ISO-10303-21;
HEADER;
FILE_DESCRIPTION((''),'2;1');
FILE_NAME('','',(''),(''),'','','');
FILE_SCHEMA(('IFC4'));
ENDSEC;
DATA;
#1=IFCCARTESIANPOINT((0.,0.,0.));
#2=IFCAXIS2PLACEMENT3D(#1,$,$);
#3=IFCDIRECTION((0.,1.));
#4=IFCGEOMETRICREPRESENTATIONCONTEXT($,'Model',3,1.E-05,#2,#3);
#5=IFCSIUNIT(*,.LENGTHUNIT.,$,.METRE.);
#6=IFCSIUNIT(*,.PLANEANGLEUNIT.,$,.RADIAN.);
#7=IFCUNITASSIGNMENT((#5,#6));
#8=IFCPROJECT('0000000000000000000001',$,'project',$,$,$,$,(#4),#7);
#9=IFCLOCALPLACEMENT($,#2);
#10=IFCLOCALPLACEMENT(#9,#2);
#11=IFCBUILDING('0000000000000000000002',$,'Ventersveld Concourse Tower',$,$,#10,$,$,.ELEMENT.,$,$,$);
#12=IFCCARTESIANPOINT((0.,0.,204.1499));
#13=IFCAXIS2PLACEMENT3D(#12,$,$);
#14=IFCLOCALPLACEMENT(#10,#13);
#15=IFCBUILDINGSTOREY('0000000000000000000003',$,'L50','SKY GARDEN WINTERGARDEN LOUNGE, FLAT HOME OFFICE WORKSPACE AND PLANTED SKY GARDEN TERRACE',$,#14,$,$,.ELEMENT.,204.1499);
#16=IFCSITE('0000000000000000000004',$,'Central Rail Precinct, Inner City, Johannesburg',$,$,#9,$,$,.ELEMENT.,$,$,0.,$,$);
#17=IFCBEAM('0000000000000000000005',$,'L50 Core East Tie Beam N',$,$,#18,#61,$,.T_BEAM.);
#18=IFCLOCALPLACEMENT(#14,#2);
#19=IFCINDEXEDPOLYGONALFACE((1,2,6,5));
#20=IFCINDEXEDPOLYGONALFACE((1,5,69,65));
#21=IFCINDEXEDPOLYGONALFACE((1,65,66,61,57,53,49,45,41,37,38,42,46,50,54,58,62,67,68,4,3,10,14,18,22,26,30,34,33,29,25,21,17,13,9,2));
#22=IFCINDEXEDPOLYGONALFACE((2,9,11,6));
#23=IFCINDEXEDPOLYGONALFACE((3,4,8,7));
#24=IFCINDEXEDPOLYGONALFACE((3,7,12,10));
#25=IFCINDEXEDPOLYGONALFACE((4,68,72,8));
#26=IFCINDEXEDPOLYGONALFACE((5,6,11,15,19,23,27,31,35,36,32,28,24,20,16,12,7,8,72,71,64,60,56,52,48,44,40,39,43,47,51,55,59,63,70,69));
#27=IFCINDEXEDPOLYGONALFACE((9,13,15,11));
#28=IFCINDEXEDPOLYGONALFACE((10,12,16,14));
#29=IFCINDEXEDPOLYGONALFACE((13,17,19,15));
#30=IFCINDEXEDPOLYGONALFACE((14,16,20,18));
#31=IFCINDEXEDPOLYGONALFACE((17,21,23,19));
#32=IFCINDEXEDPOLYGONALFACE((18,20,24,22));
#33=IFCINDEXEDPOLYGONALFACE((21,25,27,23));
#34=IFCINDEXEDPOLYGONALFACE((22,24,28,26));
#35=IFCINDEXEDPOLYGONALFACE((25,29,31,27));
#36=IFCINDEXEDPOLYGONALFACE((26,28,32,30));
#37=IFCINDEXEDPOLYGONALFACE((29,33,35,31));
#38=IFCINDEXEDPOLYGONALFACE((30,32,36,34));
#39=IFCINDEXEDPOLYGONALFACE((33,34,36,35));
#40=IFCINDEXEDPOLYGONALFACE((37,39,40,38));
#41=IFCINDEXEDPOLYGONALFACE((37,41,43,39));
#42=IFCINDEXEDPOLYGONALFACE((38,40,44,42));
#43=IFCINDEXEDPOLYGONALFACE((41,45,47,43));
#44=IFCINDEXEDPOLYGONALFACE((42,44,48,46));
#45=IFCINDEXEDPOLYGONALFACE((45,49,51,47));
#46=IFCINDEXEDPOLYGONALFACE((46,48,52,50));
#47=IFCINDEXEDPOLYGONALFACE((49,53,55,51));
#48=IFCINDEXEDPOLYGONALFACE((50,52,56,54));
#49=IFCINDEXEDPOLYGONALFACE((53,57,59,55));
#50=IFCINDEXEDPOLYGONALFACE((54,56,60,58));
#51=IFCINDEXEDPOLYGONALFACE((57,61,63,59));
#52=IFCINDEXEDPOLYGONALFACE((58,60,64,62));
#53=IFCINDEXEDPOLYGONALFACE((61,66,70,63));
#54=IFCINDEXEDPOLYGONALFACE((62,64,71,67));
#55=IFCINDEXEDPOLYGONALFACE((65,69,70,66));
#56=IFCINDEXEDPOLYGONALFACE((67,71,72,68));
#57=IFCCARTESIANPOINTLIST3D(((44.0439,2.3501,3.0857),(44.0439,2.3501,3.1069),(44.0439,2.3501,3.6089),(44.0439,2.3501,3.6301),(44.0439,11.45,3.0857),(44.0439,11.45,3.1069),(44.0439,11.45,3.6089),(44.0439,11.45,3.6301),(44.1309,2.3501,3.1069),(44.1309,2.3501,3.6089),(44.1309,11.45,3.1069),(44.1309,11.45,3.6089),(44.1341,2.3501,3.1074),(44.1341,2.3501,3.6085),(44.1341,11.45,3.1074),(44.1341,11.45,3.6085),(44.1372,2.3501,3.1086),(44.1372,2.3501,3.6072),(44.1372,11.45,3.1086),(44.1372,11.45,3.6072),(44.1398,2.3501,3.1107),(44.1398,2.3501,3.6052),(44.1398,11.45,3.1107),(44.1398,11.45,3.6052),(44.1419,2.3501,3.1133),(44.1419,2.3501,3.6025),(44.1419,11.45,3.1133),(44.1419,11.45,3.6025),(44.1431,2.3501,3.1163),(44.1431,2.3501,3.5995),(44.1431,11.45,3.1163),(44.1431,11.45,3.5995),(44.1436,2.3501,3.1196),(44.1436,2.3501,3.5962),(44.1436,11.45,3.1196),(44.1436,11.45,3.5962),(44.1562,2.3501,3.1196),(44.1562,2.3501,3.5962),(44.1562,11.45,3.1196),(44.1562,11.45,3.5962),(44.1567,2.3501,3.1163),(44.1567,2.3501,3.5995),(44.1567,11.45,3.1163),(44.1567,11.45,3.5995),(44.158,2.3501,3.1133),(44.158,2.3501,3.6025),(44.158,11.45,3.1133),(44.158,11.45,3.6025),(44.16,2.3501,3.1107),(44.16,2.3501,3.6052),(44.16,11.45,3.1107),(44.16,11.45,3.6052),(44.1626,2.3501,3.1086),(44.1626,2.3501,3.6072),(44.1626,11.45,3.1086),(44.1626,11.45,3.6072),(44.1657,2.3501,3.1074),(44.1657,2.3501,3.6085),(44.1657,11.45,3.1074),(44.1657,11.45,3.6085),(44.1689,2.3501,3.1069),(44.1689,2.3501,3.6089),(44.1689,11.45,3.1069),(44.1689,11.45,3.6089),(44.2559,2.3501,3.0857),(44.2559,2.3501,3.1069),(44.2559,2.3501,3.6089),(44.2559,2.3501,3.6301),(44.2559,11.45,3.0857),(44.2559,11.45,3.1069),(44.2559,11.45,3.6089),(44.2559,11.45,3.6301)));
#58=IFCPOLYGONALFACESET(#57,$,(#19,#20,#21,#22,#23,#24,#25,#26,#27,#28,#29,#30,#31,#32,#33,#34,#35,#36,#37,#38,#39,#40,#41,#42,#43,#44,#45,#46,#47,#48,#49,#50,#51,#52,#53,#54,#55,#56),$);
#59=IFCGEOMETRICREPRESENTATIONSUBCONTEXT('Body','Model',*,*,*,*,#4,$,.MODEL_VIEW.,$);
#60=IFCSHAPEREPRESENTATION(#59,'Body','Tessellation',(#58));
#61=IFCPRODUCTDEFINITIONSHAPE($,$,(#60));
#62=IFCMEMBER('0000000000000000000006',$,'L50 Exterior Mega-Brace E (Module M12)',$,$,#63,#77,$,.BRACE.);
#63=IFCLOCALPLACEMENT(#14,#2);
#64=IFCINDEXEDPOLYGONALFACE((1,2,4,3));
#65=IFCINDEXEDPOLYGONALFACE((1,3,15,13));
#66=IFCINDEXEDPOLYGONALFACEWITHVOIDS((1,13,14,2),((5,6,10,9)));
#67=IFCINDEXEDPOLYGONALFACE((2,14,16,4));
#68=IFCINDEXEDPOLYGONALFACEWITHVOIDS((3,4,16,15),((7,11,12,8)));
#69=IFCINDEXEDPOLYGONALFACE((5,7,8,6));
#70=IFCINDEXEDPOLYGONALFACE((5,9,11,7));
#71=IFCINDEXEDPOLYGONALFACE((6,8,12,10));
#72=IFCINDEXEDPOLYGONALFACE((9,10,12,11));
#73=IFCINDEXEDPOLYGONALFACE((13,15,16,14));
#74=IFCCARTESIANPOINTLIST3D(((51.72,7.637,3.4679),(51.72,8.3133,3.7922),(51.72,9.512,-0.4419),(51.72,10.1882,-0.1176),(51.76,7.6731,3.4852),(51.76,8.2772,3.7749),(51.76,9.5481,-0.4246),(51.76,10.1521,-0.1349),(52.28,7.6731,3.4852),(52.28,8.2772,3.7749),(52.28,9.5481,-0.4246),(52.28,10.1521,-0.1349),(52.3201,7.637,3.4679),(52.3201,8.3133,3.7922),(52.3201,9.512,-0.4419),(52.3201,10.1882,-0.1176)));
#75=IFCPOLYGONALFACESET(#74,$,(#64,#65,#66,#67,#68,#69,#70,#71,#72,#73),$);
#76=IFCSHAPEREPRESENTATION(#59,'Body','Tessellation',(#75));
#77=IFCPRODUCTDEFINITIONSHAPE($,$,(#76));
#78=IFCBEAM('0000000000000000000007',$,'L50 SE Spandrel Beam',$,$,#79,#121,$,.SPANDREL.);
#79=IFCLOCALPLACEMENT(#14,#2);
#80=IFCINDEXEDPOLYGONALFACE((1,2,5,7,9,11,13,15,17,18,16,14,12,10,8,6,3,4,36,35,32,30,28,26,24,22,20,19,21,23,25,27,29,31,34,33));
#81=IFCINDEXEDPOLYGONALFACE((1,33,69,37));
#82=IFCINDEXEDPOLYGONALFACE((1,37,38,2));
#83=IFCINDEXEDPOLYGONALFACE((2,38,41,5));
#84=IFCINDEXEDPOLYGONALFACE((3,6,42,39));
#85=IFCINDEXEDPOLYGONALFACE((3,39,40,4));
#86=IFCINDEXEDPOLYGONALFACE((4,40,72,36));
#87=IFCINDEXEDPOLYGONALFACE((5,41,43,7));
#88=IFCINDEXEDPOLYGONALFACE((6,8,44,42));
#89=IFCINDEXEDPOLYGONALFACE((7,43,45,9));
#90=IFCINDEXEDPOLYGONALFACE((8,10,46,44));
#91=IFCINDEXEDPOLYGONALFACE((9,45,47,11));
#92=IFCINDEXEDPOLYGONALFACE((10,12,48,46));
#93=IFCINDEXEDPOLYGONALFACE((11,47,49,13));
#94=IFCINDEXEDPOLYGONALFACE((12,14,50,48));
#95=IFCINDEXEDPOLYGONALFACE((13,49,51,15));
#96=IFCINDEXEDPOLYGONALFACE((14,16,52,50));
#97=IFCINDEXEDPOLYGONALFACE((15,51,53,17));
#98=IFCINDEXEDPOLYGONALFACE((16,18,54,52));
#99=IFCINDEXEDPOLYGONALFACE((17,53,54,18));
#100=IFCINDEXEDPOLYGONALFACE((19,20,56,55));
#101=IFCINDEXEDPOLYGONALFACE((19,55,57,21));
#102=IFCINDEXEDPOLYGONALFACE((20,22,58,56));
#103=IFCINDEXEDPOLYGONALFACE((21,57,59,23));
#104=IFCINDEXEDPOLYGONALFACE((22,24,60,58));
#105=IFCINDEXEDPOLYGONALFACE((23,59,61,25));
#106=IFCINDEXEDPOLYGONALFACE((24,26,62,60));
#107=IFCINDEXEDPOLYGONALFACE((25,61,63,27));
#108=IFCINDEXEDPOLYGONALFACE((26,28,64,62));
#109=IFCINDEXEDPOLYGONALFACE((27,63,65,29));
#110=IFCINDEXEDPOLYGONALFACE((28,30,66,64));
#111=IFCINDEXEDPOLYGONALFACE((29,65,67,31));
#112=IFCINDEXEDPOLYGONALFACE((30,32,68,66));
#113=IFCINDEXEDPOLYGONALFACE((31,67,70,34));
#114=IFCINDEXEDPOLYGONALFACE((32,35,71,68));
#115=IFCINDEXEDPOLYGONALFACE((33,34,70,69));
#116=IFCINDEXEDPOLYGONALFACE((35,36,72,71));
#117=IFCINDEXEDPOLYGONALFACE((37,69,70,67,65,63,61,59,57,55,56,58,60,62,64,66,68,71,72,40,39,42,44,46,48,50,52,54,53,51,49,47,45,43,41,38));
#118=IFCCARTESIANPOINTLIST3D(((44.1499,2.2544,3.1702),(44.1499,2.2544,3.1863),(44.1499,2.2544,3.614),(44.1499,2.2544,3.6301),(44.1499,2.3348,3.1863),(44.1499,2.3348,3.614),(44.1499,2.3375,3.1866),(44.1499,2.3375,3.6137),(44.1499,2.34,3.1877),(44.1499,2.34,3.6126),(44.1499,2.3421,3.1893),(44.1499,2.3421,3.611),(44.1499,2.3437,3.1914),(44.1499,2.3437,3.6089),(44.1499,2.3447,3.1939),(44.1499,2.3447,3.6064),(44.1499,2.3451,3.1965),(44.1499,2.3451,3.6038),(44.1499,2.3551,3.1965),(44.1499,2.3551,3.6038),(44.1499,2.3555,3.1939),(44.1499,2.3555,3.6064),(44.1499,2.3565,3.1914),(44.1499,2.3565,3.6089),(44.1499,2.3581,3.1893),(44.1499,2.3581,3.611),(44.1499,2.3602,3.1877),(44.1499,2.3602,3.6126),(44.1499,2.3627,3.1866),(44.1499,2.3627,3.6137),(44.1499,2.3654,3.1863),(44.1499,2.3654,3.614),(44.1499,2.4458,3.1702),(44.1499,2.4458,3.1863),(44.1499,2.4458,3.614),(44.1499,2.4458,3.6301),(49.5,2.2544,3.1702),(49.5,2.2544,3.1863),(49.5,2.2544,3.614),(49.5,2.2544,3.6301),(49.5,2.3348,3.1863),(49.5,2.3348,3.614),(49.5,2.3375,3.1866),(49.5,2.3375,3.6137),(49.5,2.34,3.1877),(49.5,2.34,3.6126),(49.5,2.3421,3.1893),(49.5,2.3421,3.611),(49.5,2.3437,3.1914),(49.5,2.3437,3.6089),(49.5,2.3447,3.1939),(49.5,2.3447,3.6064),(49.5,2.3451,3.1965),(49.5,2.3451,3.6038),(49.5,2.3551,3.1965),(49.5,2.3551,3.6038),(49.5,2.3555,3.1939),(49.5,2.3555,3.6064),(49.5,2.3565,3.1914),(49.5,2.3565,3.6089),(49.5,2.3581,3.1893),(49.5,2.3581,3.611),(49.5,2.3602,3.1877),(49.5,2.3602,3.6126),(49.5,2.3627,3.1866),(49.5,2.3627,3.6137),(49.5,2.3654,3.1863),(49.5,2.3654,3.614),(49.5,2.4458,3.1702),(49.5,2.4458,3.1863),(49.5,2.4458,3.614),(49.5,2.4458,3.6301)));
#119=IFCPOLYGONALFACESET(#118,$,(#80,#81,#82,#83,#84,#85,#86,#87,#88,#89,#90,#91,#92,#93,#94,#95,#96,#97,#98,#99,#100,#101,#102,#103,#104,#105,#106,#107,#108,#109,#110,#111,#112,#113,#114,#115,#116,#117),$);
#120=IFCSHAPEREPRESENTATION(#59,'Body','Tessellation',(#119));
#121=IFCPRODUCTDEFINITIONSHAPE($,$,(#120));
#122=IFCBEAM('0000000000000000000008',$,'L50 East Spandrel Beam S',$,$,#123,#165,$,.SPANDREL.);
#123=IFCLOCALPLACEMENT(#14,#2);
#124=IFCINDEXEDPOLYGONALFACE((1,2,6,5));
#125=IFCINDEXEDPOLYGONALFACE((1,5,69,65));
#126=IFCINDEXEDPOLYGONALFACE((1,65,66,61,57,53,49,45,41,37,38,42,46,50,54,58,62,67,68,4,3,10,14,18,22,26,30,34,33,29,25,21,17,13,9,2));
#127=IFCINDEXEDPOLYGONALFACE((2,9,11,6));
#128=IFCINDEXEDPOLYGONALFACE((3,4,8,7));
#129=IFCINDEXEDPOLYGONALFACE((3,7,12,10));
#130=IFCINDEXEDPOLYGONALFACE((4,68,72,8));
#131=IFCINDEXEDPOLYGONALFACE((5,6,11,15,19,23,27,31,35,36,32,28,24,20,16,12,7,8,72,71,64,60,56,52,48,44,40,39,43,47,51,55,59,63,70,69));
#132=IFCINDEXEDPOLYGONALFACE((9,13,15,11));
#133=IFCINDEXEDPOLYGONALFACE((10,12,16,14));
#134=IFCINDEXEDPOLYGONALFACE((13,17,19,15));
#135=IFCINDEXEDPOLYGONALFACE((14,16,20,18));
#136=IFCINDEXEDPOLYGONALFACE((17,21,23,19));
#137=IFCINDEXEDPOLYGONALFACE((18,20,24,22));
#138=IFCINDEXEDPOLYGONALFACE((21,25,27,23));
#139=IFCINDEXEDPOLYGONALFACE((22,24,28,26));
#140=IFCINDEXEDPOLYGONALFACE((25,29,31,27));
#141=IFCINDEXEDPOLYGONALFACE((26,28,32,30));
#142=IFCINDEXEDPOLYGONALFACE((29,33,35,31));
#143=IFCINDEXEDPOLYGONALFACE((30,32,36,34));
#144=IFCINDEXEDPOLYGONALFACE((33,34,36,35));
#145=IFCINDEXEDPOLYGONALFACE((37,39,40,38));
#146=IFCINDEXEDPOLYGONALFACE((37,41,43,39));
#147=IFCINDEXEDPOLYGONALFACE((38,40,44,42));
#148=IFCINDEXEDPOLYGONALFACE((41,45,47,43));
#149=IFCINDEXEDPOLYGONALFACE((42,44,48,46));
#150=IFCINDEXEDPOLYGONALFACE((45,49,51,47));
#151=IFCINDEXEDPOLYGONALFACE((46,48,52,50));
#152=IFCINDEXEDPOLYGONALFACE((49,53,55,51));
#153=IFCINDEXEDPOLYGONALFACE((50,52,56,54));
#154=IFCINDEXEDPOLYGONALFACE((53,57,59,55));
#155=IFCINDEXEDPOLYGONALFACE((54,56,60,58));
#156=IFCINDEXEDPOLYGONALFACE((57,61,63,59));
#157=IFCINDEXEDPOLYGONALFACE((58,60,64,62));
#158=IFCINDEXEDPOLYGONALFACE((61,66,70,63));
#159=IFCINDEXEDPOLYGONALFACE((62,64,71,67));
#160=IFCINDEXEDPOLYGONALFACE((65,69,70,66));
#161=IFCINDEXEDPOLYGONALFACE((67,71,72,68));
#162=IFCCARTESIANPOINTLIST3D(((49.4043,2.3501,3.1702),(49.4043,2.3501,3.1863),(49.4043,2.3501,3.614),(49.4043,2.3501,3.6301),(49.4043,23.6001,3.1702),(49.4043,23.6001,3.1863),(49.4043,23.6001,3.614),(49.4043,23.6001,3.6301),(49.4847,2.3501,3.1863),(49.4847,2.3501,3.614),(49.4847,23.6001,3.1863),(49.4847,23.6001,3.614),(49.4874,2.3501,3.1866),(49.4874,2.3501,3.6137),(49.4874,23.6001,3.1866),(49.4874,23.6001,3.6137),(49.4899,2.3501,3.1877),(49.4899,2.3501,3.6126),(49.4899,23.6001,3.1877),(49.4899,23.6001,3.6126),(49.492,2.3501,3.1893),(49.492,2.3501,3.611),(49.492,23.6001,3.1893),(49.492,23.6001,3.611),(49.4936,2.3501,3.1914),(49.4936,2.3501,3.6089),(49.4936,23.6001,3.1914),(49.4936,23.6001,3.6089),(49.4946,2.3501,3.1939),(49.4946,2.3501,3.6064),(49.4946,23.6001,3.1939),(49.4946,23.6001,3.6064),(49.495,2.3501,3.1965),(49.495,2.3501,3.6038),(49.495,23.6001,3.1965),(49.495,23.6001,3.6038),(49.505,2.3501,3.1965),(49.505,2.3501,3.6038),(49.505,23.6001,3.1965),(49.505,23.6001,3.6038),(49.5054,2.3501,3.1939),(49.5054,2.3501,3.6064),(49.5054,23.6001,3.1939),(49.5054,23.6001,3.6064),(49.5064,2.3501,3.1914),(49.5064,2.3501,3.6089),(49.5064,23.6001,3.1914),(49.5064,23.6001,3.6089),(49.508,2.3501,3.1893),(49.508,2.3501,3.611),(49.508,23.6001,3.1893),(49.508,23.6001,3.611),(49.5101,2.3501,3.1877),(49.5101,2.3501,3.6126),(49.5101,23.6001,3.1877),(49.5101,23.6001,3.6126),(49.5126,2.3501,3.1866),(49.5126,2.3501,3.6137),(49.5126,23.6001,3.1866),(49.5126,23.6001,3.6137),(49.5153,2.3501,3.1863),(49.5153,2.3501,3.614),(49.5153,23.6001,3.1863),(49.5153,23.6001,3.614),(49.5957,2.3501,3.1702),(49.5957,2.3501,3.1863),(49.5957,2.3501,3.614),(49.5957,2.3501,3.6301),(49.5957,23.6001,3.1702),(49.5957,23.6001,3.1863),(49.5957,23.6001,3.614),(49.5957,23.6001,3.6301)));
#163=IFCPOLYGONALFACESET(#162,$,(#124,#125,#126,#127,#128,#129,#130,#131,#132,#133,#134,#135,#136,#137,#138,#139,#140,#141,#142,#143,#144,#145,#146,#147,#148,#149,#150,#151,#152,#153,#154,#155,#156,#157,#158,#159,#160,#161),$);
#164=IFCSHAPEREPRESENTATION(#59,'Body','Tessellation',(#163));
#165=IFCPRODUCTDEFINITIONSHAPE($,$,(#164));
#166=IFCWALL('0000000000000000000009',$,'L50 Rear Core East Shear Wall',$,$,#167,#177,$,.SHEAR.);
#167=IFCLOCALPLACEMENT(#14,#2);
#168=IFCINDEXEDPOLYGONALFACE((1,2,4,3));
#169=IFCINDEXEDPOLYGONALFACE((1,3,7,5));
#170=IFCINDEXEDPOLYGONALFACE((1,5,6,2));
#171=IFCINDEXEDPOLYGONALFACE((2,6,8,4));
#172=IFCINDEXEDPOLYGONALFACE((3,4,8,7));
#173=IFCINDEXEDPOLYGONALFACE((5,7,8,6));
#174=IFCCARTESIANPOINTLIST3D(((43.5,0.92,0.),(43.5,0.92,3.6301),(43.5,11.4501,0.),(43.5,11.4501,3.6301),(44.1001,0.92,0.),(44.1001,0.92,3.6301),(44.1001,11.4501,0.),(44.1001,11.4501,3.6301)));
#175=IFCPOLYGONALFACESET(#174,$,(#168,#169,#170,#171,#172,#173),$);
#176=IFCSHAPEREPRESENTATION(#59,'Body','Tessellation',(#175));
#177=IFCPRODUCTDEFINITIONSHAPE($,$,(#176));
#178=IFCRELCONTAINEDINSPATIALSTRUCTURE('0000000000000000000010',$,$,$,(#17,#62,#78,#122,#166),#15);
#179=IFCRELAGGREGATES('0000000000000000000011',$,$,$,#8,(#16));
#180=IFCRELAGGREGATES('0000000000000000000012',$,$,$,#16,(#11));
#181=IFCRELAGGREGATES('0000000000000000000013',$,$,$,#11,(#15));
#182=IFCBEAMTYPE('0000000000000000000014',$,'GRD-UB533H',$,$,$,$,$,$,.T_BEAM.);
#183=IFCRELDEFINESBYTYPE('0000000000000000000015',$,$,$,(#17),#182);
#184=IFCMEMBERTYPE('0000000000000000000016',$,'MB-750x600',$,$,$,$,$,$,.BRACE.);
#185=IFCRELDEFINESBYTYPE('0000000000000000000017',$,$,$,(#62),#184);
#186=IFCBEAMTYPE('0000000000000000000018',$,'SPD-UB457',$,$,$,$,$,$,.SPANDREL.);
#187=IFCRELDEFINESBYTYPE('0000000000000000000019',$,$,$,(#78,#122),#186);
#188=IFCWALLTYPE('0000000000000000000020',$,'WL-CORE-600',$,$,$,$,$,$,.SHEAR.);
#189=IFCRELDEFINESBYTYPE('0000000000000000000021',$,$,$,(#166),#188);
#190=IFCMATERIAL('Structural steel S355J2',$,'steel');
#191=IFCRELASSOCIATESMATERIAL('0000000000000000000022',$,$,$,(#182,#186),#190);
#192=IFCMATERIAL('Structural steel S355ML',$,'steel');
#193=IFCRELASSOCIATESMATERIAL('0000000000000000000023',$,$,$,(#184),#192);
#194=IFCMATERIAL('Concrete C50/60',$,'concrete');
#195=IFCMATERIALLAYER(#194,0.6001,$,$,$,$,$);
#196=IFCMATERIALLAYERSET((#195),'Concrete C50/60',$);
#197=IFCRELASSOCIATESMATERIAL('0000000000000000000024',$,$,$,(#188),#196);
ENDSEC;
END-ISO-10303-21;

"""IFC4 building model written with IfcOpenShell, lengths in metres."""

from ifc_helpers import new_model, si_unit, direction, frame, frame_2d, origin, origin_2d, place, context, subcontext, project, spatial, rectangle, hollow_rectangle, i_section, extrude, material, layer, layer_set, material_profile, profile_set, type_object, element, save


model = new_model("IFC4")

# Units and contexts
model_context = context("Model", 3, precision=1e-05, world=origin(), true_north=direction((0.0, 1.0)))
body_context = subcontext(model_context, "Body", "Model", "MODEL_VIEW")
ifc_project = project(units=[si_unit("LENGTHUNIT", "METRE"), si_unit("PLANEANGLEUNIT", "RADIAN")], contexts=[model_context])

# Site, building, storey
site_placement = place(None, origin())
site = spatial("IfcSite", under=ifc_project, at=site_placement, Name="Central Rail Precinct, Inner City, Johannesburg", CompositionType="ELEMENT", RefElevation=0.0)
building_placement = place(site_placement, origin())
building = spatial("IfcBuilding", under=site, at=building_placement, Name="Ventersveld Concourse Tower", CompositionType="ELEMENT")
storey_placement = place(building_placement, frame((0.0, 0.0, 204.1499)))
storey = spatial("IfcBuildingStorey", under=building, at=storey_placement, Name="L50", Description="SKY GARDEN WINTERGARDEN LOUNGE, FLAT HOME OFFICE WORKSPACE AND PLANTED SKY GARDEN TERRACE", CompositionType="ELEMENT", Elevation=204.1499)

# Shared definitions
ifc_material_1 = material(Name="Concrete C50/60", Category="concrete")

# Beam
ifc_material_2 = material(Name="Structural steel S355J2", Category="steel")
ifc_material_profile_1 = material_profile(ifc_material_2, i_section(OverallWidth=0.2119, OverallDepth=0.5444, WebThickness=0.0127, FlangeThickness=0.0212, FilletRadius=0.0127, at=origin_2d()), Name="UB 533x210x122")
ifc_profile_set_1 = profile_set([ifc_material_profile_1], Name="Structural steel S355J2")
beam_type_1 = type_object("IfcBeamType", Name="GRD-UB533H", PredefinedType="T_BEAM", material=ifc_profile_set_1)
beam_1_placement = place(storey_placement, frame((44.1499, 2.3501, 3.3579), z_axis=(0.0, 1.0, 0.0), x_axis=(-1.0, 0.0, 0.0)))
element("IfcBeam", 1, at=beam_1_placement, inside=storey, type_object=beam_type_1, Name="L50 Core East Tie Beam N", PredefinedType="T_BEAM", context=body_context, shape_type="SweptSolid", body=[
    extrude(i_section(OverallWidth=0.2119, OverallDepth=0.5444, WebThickness=0.0127, FlangeThickness=0.0212, FilletRadius=0.0127, at=origin_2d()), origin(), (0.0, 0.0, 1.0), 9.0999),
])

# Member
ifc_material_3 = material(Name="Structural steel S355ML", Category="steel")
ifc_material_profile_2 = material_profile(ifc_material_3, hollow_rectangle(XDim=0.6001, YDim=0.75, WallThickness=0.04, at=origin_2d()), Name="BOX 750x600x40")
ifc_profile_set_2 = profile_set([ifc_material_profile_2], Name="Structural steel S355ML")
member_type = type_object("IfcMemberType", Name="MB-750x600", PredefinedType="BRACE", material=ifc_profile_set_2)
member_placement = place(storey_placement, frame((52.02, 9.8501, -0.2798), z_axis=(0.0, -0.432402, 0.901681), x_axis=(1.0, 0.0, 0.0)))
element("IfcMember", 2, at=member_placement, inside=storey, type_object=member_type, Name="L50 Exterior Mega-Brace E (Module M12)", PredefinedType="BRACE", context=body_context, shape_type="SweptSolid", body=[
    extrude(hollow_rectangle(XDim=0.6001, YDim=0.75, WallThickness=0.04, at=origin_2d()), origin(), (0.0, 0.0, 1.0), 4.3362),
])

# Beams
ifc_material_profile_3 = material_profile(ifc_material_2, i_section(OverallWidth=0.1914, OverallDepth=0.46, WebThickness=0.01, FlangeThickness=0.0161, FilletRadius=0.0103, at=origin_2d()), Name="UB 457x191x82")
ifc_profile_set_3 = profile_set([ifc_material_profile_3], Name="Structural steel S355J2")
beam_type_2 = type_object("IfcBeamType", Name="SPD-UB457", PredefinedType="SPANDREL", material=ifc_profile_set_3)
beam_2_placement = place(storey_placement, frame((44.1499, 2.3501, 3.4001), z_axis=(1.0, 0.0, 0.0), x_axis=(0.0, 1.0, 0.0)))
element("IfcBeam", 3, at=beam_2_placement, inside=storey, type_object=beam_type_2, Name="L50 SE Spandrel Beam", PredefinedType="SPANDREL", context=body_context, shape_type="SweptSolid", body=[
    extrude(i_section(OverallWidth=0.1914, OverallDepth=0.46, WebThickness=0.01, FlangeThickness=0.0161, FilletRadius=0.0103, at=origin_2d()), origin(), (0.0, 0.0, 1.0), 5.3501),
])
beam_3_placement = place(storey_placement, frame((49.5, 2.3501, 3.4001), z_axis=(0.0, 1.0, 0.0), x_axis=(-1.0, 0.0, 0.0)))
element("IfcBeam", 4, at=beam_3_placement, inside=storey, type_object=beam_type_2, Name="L50 East Spandrel Beam S", PredefinedType="SPANDREL", context=body_context, shape_type="SweptSolid", body=[
    extrude(i_section(OverallWidth=0.1914, OverallDepth=0.46, WebThickness=0.01, FlangeThickness=0.0161, FilletRadius=0.0103, at=origin_2d()), origin(), (0.0, 0.0, 1.0), 21.25),
])

# Wall
ifc_layer_1 = layer(ifc_material_1, 0.6001)
ifc_layer_set_1 = layer_set([ifc_layer_1], Name="Concrete C50/60")
wall_type_1 = type_object("IfcWallType", Name="WL-CORE-600", PredefinedType="SHEAR", material=ifc_layer_set_1)
wall_1_placement = place(storey_placement, frame((43.8, 0.9199, 0.0), z_axis=(0.0, 0.0, 1.0), x_axis=(0.0, 1.0, 0.0)))
element("IfcWall", 5, at=wall_1_placement, inside=storey, type_object=wall_type_1, Name="L50 Rear Core East Shear Wall", PredefinedType="SHEAR", context=body_context, shape_type="SweptSolid", body=[
    extrude(rectangle(XDim=10.53, YDim=0.6001, at=frame_2d((5.2651, 0.0))), origin(), (0.0, 0.0, 1.0), 3.6301),
])

save(model, "model.ifc")
